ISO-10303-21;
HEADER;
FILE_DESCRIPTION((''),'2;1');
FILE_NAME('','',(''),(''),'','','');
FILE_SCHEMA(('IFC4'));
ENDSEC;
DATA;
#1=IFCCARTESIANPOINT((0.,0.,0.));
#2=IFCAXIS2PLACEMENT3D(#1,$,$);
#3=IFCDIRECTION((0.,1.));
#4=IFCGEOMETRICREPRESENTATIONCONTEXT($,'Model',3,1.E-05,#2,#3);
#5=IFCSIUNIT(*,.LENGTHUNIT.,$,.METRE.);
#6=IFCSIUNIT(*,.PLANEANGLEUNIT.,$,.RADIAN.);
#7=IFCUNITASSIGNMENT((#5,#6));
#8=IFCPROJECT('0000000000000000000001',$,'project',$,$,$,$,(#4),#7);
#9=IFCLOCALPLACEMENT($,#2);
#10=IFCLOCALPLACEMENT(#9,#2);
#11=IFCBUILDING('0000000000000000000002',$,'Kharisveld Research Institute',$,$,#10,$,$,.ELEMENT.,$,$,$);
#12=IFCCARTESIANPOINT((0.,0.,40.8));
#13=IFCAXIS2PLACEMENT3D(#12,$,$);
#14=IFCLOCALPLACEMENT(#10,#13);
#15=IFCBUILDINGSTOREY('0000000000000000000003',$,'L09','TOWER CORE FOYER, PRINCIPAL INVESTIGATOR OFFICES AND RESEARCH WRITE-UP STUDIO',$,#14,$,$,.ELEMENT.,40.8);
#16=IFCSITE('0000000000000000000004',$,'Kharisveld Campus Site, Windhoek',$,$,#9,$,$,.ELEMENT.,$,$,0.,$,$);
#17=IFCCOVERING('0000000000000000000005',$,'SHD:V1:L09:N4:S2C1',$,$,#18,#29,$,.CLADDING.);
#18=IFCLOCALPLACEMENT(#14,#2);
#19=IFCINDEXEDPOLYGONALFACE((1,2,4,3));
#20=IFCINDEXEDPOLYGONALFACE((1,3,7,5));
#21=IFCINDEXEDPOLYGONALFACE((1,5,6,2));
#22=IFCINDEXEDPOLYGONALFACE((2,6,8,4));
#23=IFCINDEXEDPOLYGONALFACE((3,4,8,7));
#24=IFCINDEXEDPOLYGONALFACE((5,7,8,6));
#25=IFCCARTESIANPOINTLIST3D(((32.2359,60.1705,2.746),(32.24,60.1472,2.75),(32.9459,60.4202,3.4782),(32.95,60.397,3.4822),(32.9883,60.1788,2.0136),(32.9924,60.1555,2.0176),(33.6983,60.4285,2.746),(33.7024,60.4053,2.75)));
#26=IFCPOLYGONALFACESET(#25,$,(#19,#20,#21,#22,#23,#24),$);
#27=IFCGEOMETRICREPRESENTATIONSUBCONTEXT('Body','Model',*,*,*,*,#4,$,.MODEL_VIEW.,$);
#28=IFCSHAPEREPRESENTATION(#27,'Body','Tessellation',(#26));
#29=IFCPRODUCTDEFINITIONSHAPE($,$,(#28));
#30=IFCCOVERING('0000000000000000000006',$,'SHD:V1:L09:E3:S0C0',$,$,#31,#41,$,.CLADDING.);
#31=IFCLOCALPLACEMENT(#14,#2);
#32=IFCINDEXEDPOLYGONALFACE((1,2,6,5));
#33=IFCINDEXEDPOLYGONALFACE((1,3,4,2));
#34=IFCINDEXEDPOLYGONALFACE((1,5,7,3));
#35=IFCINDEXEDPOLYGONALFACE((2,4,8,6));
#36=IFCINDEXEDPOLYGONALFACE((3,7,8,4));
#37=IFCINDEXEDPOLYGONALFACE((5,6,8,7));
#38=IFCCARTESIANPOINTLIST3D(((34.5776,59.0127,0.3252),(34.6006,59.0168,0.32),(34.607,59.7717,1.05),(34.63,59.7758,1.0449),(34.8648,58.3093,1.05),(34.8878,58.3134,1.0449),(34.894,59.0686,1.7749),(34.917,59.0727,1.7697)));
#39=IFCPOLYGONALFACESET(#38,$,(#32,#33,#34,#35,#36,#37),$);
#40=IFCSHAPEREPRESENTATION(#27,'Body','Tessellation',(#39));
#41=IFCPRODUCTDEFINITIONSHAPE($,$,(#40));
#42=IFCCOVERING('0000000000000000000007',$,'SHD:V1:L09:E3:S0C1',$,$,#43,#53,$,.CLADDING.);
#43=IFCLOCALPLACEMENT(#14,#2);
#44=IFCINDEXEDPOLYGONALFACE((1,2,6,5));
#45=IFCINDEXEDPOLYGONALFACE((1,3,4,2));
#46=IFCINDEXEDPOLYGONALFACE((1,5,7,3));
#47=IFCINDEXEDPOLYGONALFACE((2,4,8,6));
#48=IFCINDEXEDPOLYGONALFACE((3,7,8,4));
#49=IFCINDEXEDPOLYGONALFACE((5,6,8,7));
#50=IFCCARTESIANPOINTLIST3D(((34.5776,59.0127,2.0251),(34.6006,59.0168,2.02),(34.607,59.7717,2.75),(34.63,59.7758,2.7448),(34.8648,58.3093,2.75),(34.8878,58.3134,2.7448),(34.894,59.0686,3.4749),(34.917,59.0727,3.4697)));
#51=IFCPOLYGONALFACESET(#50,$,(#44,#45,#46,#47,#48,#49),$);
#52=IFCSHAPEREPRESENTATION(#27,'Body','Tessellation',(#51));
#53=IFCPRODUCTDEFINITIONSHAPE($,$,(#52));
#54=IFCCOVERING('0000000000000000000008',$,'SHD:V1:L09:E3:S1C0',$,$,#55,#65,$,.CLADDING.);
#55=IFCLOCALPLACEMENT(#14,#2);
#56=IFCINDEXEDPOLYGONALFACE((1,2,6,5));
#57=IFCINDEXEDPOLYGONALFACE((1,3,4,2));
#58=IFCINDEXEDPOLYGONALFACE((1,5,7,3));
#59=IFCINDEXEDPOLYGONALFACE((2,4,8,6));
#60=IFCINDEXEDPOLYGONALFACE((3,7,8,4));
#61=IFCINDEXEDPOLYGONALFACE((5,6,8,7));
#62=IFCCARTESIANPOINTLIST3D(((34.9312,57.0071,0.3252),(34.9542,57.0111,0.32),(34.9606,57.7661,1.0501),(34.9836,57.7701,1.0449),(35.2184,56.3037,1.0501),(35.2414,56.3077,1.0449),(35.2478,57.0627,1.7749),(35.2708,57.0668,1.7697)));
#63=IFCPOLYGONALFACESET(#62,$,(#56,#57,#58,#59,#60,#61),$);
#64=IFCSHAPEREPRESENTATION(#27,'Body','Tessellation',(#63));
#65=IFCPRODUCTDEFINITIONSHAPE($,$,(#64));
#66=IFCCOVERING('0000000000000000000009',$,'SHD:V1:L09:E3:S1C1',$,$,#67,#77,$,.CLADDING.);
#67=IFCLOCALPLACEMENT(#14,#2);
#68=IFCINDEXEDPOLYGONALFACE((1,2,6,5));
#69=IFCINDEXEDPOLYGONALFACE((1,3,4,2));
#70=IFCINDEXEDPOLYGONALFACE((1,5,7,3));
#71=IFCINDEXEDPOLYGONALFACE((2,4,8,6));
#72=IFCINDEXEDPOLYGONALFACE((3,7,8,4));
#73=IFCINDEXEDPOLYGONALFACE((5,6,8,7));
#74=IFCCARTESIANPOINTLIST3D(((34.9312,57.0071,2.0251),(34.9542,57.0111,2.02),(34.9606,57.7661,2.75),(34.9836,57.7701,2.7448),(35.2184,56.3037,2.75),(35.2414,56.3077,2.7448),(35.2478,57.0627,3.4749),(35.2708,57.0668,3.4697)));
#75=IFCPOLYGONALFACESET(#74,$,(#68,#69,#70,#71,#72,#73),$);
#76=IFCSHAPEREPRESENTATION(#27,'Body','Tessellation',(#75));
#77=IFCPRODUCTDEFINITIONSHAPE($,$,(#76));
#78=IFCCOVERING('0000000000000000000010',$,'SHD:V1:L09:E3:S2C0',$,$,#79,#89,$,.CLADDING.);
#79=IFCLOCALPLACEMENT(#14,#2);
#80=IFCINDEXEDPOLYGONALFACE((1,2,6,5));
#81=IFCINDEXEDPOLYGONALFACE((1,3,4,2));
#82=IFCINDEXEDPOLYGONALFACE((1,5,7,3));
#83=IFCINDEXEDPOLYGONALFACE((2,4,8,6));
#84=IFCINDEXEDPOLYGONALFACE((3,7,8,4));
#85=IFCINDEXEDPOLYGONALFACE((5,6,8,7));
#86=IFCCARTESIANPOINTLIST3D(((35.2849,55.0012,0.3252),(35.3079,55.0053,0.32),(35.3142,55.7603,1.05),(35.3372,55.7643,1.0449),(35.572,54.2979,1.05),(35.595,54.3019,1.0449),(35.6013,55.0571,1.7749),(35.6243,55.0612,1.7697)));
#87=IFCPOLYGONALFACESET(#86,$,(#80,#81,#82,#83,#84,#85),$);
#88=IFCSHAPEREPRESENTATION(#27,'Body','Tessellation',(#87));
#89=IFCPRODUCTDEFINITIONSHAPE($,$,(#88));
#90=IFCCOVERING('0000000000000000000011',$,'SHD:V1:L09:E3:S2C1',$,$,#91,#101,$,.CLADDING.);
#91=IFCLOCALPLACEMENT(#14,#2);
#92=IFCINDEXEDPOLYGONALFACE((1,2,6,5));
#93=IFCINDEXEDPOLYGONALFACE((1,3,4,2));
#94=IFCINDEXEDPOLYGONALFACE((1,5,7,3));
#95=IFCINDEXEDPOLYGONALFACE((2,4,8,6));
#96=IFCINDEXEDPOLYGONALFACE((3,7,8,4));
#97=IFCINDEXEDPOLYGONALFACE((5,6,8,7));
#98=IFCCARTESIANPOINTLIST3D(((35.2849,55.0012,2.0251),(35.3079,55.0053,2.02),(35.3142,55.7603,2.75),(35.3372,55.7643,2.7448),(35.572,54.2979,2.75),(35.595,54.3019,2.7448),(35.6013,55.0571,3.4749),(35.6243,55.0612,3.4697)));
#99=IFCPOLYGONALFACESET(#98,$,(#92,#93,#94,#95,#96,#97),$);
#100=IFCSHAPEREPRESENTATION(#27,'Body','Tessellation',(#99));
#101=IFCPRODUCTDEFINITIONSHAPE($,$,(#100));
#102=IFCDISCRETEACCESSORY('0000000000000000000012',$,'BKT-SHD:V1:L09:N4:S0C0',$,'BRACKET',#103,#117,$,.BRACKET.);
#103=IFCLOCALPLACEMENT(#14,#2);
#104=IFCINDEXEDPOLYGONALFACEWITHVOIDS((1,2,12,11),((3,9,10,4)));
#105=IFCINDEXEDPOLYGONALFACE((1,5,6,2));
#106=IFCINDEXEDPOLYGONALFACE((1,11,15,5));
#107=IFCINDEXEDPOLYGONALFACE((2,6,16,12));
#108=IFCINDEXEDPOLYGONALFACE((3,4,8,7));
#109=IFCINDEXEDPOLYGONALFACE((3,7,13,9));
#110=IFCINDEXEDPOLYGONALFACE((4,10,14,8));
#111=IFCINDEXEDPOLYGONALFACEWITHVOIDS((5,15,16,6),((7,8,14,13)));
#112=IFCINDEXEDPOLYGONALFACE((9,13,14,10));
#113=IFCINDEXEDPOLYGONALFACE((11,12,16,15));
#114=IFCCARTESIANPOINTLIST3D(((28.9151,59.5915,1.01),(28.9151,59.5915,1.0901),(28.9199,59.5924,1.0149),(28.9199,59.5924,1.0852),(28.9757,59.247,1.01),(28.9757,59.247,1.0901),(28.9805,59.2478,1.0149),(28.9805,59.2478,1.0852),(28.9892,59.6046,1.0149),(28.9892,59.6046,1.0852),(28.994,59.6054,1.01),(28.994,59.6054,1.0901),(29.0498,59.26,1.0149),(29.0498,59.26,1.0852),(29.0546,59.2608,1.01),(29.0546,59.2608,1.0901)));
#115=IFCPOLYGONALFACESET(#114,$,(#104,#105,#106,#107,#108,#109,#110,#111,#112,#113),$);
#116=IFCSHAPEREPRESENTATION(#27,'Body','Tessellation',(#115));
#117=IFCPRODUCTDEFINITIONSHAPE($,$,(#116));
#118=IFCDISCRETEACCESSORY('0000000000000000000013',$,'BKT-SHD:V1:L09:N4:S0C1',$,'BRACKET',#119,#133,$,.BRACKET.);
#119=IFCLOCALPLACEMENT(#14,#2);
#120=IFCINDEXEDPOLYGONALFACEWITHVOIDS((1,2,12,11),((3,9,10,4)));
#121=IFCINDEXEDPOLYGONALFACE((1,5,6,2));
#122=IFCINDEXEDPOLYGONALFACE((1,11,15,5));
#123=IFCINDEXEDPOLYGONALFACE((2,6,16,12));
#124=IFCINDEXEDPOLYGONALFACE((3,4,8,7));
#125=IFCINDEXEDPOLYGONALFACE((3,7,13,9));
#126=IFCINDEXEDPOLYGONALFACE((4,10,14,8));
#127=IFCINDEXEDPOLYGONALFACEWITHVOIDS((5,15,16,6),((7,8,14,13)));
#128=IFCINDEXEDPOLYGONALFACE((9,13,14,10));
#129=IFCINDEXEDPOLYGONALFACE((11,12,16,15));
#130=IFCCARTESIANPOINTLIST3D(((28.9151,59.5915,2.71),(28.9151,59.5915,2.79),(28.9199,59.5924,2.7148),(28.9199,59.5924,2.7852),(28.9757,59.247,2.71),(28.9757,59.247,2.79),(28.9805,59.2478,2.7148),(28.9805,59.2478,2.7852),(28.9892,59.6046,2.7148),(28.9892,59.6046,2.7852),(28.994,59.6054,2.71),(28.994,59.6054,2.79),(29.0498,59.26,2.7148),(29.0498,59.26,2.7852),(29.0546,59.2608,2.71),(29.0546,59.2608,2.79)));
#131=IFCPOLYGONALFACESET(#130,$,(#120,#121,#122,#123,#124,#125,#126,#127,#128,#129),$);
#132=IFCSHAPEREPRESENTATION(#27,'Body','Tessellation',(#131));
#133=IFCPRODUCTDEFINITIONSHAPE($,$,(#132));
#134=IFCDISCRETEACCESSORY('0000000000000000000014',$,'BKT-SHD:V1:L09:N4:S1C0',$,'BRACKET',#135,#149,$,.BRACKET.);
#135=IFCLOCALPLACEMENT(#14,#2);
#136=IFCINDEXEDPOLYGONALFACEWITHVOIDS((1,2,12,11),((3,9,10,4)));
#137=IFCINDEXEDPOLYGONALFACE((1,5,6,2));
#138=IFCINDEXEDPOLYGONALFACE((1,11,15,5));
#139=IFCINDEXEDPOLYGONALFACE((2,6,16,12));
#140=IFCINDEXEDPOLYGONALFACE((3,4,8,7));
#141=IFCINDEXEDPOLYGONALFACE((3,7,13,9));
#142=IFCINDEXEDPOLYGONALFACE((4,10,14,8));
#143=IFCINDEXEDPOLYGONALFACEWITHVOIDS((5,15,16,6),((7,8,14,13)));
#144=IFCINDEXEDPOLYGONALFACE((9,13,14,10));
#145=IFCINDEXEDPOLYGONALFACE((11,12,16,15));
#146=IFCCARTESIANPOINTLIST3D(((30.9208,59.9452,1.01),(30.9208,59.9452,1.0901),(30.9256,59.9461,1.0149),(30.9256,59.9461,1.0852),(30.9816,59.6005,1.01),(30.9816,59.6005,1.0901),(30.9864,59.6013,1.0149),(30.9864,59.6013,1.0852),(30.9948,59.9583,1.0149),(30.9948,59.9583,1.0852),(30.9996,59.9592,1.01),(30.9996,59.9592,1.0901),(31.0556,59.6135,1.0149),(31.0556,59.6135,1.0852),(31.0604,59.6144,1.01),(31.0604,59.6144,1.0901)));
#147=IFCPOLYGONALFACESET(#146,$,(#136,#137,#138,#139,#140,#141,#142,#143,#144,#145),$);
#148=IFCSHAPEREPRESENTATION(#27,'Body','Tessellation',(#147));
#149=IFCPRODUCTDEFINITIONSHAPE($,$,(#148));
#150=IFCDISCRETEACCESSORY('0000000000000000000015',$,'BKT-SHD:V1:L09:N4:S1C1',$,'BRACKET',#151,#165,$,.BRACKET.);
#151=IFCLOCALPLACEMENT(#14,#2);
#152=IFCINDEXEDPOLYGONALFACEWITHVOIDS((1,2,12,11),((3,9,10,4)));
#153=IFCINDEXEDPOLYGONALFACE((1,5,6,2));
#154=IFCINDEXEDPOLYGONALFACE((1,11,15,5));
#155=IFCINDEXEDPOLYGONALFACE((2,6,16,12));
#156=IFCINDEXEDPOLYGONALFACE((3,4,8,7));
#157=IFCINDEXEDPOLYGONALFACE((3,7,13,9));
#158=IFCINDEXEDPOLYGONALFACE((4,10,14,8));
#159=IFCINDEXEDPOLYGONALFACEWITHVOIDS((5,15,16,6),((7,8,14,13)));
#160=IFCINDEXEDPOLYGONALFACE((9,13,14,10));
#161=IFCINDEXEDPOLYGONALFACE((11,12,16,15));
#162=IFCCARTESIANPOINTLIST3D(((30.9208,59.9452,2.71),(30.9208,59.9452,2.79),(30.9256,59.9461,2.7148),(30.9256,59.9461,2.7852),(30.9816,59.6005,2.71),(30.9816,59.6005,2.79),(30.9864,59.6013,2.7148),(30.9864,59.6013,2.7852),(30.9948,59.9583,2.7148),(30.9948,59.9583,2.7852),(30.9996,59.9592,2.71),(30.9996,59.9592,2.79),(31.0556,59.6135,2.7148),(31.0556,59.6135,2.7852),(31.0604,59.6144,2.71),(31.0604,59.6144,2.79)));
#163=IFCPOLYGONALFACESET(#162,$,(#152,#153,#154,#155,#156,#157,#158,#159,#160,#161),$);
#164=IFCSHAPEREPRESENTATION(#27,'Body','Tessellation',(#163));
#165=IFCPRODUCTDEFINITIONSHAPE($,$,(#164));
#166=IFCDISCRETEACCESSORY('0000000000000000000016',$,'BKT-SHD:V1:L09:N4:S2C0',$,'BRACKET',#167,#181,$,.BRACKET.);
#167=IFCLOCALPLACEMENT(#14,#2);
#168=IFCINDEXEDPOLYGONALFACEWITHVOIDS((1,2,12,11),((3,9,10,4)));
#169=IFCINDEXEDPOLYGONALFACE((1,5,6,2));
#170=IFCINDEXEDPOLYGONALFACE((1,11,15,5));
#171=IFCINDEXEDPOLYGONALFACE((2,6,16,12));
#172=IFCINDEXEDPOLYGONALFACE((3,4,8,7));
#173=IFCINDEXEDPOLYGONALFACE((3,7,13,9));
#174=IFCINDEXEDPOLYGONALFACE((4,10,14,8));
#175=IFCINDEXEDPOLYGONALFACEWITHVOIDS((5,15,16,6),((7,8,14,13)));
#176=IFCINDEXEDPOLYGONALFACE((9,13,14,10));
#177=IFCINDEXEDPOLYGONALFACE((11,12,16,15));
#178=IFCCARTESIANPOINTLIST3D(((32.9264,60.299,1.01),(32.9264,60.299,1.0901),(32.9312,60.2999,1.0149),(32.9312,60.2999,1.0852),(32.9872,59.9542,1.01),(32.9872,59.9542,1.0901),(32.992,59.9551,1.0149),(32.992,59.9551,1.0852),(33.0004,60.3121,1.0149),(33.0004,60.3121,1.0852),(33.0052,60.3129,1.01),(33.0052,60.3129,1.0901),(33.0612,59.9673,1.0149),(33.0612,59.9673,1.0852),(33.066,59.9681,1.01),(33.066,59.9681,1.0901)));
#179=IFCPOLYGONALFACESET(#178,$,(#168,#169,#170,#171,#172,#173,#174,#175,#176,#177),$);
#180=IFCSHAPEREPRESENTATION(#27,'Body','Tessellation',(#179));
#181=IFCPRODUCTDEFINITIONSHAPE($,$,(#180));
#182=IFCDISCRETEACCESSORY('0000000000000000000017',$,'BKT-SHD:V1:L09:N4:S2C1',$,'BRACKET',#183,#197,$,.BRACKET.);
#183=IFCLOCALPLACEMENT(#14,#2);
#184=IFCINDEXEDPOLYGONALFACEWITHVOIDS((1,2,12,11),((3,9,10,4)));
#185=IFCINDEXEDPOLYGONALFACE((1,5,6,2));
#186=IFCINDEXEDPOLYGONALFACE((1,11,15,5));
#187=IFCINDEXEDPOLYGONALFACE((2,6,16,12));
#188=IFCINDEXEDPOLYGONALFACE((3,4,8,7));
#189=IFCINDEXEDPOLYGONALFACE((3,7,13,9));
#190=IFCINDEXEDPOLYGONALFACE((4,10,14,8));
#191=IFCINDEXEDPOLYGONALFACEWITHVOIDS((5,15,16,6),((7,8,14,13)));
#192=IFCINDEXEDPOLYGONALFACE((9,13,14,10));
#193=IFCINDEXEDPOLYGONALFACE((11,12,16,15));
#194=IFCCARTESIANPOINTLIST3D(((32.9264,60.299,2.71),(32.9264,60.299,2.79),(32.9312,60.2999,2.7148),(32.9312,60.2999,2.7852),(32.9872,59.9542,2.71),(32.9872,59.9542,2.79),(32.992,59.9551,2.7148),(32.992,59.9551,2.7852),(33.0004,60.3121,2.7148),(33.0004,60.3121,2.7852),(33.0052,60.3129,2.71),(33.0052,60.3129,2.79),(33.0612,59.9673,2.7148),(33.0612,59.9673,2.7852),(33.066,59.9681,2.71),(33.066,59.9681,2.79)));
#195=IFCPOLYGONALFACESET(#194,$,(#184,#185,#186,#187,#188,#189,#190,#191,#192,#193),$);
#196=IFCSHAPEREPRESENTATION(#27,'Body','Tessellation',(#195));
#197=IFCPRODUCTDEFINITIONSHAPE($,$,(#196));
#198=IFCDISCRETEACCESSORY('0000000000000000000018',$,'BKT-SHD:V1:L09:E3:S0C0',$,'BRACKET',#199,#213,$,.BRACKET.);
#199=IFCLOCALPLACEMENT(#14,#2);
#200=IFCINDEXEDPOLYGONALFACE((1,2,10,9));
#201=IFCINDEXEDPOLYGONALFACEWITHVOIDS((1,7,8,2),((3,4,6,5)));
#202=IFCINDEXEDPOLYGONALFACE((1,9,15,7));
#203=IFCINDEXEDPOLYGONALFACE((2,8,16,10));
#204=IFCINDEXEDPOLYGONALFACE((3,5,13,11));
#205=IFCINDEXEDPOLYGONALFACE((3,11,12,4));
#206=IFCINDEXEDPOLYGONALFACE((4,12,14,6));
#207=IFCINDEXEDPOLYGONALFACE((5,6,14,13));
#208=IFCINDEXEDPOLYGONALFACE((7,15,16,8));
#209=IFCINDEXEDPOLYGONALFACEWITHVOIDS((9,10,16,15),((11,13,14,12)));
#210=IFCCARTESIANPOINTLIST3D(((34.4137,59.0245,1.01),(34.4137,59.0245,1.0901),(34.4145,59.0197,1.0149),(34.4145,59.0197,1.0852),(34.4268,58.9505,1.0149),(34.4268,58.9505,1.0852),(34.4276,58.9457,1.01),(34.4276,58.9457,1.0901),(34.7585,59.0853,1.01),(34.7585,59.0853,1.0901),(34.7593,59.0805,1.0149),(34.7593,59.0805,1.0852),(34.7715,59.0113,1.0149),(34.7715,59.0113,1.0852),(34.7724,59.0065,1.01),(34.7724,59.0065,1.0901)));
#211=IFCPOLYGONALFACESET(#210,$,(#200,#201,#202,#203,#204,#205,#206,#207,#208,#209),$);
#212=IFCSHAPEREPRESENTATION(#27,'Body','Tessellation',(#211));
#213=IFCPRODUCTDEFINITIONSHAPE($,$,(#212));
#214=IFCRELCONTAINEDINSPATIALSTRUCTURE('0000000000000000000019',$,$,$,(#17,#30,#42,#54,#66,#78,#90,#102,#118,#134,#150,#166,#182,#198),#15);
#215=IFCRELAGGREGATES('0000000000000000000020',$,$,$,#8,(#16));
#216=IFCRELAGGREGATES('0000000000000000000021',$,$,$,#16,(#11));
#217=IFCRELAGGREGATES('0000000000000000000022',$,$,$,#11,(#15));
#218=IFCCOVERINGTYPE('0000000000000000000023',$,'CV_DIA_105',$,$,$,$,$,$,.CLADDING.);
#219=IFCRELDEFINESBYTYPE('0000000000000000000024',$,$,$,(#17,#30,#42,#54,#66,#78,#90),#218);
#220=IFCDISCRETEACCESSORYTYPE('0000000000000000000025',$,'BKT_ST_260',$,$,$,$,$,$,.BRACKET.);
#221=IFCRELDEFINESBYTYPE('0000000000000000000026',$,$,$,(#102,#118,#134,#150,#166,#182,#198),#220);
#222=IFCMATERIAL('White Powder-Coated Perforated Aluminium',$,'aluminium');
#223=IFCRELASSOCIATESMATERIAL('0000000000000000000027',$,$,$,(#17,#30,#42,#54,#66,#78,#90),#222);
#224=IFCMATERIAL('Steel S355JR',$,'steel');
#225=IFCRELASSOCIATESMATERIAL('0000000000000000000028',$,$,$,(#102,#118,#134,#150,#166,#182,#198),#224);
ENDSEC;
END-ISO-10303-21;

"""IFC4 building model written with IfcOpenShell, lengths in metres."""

from ifc_helpers import new_model, si_unit, direction, frame, origin, origin_2d, place, context, subcontext, project, spatial, polyline, hollow_rectangle, outline, extrude, material, type_object, element, save


model = new_model("IFC4")

# Units and contexts
model_context = context("Model", 3, precision=1e-05, world=origin(), true_north=direction((0.0, 1.0)))
body_context = subcontext(model_context, "Body", "Model", "MODEL_VIEW")
ifc_project = project(units=[si_unit("LENGTHUNIT", "METRE"), si_unit("PLANEANGLEUNIT", "RADIAN")], contexts=[model_context])

# Site, building, storey
site_placement = place(None, origin())
site = spatial("IfcSite", under=ifc_project, at=site_placement, Name="Kharisveld Campus Site, Windhoek", CompositionType="ELEMENT", RefElevation=0.0)
building_placement = place(site_placement, origin())
building = spatial("IfcBuilding", under=site, at=building_placement, Name="Kharisveld Research Institute", CompositionType="ELEMENT")
storey_placement = place(building_placement, frame((0.0, 0.0, 40.8)))
storey = spatial("IfcBuildingStorey", under=building, at=storey_placement, Name="L09", Description="TOWER CORE FOYER, PRINCIPAL INVESTIGATOR OFFICES AND RESEARCH WRITE-UP STUDIO", CompositionType="ELEMENT", Elevation=40.8)

# Coverings
ifc_material_1 = material(Name="White Powder-Coated Perforated Aluminium", Category="aluminium")
covering_type = type_object("IfcCoveringType", Name="CV_DIA_105", PredefinedType="CLADDING")
for number, where, z_axis, x_axis, name in (
    (1, (32.9924, 60.1555, 2.0176), (0.171391, -0.971272, 0.165096), (0.676038, 0.237842, 0.697426), "SHD:V1:L09:N4:S2C1"),
):
    element("IfcCovering", number, at=place(storey_placement, frame(where, z_axis=z_axis, x_axis=x_axis)), inside=storey, type_object=covering_type, material=ifc_material_1, Name=name, PredefinedType="CLADDING", context=body_context, shape_type="SweptSolid", body=[
        extrude(outline(polyline([(0.0, 0.0), (1.0502, 0.0), (1.0502, 1.0499), (0.0002, 1.0501), (0.0, 0.0)])), origin(), (0.0, 0.0, -1.0), 0.0239),
    ])
for number, where, z_axis, x_axis, name in (
    (2, (34.5776, 59.0127, 0.3252), (-0.961481, -0.169503, 0.216385), (0.273447, -0.66985, 0.69031), "SHD:V1:L09:E3:S0C0"),
    (3, (34.5776, 59.0127, 2.0251), (-0.961481, -0.169503, 0.216385), (0.273447, -0.66985, 0.69031), "SHD:V1:L09:E3:S0C1"),
):
    element("IfcCovering", number, at=place(storey_placement, frame(where, z_axis=z_axis, x_axis=x_axis)), inside=storey, type_object=covering_type, material=ifc_material_1, Name=name, PredefinedType="CLADDING", context=body_context, shape_type="SweptSolid", body=[
        extrude(outline(polyline([(0.0, 0.0), (1.05, 0.0), (1.0498, 1.0501), (-0.0001, 1.05), (0.0, 0.0)])), origin(), (0.0, 0.0, -1.0), 0.0239),
    ])
for number, where, z_axis, x_axis, name in (
    (4, (34.9312, 57.0071, 0.3252), (-0.961453, -0.169498, 0.216512), (0.273536, -0.66983, 0.690294), "SHD:V1:L09:E3:S1C0"),
    (5, (34.9312, 57.0071, 2.0251), (-0.961453, -0.169498, 0.216512), (0.273536, -0.66983, 0.690294), "SHD:V1:L09:E3:S1C1"),
):
    element("IfcCovering", number, at=place(storey_placement, frame(where, z_axis=z_axis, x_axis=x_axis)), inside=storey, type_object=covering_type, material=ifc_material_1, Name=name, PredefinedType="CLADDING", context=body_context, shape_type="SweptSolid", body=[
        extrude(outline(polyline([(0.0, 0.0), (1.0501, 0.0), (1.0501, 1.05), (0.0, 1.05), (0.0, 0.0)])), origin(), (0.0, 0.0, -1.0), 0.0239),
    ])
for number, where, z_axis, x_axis, name in (
    (6, (35.2849, 55.0012, 0.3252), (-0.961481, -0.169503, 0.216385), (0.273447, -0.66985, 0.69031), "SHD:V1:L09:E3:S2C0"),
    (7, (35.2849, 55.0012, 2.0251), (-0.961481, -0.169503, 0.216385), (0.273447, -0.66985, 0.69031), "SHD:V1:L09:E3:S2C1"),
):
    element("IfcCovering", number, at=place(storey_placement, frame(where, z_axis=z_axis, x_axis=x_axis)), inside=storey, type_object=covering_type, material=ifc_material_1, Name=name, PredefinedType="CLADDING", context=body_context, shape_type="SweptSolid", body=[
        extrude(outline(polyline([(0.0, 0.0), (1.05, 0.0), (1.0498, 1.0501), (-0.0001, 1.05), (0.0, 0.0)])), origin(), (0.0, 0.0, -1.0), 0.0239),
    ])

# Discrete accessories
ifc_material_2 = material(Name="Steel S355JR", Category="steel")
discrete_accessory_type = type_object("IfcDiscreteAccessoryType", Name="BKT_ST_260", PredefinedType="BRACKET")
for number, where, z_axis, x_axis, name in (
    (8, (29.0151, 59.2539, 1.05), (-0.173108, 0.984903, 0.0), (-0.984903, -0.173108, 0.0), "BKT-SHD:V1:L09:N4:S0C0"),
    (9, (29.0151, 59.2539, 2.75), (-0.173108, 0.984903, 0.0), (-0.984903, -0.173108, 0.0), "BKT-SHD:V1:L09:N4:S0C1"),
):
    element("IfcDiscreteAccessory", number, at=place(storey_placement, frame(where, z_axis=z_axis, x_axis=x_axis)), inside=storey, type_object=discrete_accessory_type, material=ifc_material_2, Name=name, ObjectType="BRACKET", PredefinedType="BRACKET", context=body_context, shape_type="SweptSolid", body=[
        extrude(hollow_rectangle(XDim=0.0801, YDim=0.0801, WallThickness=0.0049, at=origin_2d()), origin(), (0.0, 0.0, 1.0), 0.3499),
    ])
for number, where, z_axis, x_axis, name in (
    (10, (31.021, 59.6074, 1.05), (-0.173666, 0.984805, 0.0), (-0.984805, -0.173666, 0.0), "BKT-SHD:V1:L09:N4:S1C0"),
    (11, (31.021, 59.6074, 2.75), (-0.173666, 0.984805, 0.0), (-0.984805, -0.173666, 0.0), "BKT-SHD:V1:L09:N4:S1C1"),
    (12, (33.0266, 59.9612, 1.05), (-0.173666, 0.984805, 0.0), (-0.984805, -0.173666, 0.0), "BKT-SHD:V1:L09:N4:S2C0"),
    (13, (33.0266, 59.9612, 2.75), (-0.173666, 0.984805, 0.0), (-0.984805, -0.173666, 0.0), "BKT-SHD:V1:L09:N4:S2C1"),
    (14, (34.4207, 58.9851, 1.05), (0.984805, 0.173666, 0.0), (-0.173666, 0.984805, 0.0), "BKT-SHD:V1:L09:E3:S0C0"),
):
    element("IfcDiscreteAccessory", number, at=place(storey_placement, frame(where, z_axis=z_axis, x_axis=x_axis)), inside=storey, type_object=discrete_accessory_type, material=ifc_material_2, Name=name, ObjectType="BRACKET", PredefinedType="BRACKET", context=body_context, shape_type="SweptSolid", body=[
        extrude(hollow_rectangle(XDim=0.0801, YDim=0.0801, WallThickness=0.0049, at=origin_2d()), origin(), (0.0, 0.0, 1.0), 0.3501),
    ])

save(model, "model.ifc")
